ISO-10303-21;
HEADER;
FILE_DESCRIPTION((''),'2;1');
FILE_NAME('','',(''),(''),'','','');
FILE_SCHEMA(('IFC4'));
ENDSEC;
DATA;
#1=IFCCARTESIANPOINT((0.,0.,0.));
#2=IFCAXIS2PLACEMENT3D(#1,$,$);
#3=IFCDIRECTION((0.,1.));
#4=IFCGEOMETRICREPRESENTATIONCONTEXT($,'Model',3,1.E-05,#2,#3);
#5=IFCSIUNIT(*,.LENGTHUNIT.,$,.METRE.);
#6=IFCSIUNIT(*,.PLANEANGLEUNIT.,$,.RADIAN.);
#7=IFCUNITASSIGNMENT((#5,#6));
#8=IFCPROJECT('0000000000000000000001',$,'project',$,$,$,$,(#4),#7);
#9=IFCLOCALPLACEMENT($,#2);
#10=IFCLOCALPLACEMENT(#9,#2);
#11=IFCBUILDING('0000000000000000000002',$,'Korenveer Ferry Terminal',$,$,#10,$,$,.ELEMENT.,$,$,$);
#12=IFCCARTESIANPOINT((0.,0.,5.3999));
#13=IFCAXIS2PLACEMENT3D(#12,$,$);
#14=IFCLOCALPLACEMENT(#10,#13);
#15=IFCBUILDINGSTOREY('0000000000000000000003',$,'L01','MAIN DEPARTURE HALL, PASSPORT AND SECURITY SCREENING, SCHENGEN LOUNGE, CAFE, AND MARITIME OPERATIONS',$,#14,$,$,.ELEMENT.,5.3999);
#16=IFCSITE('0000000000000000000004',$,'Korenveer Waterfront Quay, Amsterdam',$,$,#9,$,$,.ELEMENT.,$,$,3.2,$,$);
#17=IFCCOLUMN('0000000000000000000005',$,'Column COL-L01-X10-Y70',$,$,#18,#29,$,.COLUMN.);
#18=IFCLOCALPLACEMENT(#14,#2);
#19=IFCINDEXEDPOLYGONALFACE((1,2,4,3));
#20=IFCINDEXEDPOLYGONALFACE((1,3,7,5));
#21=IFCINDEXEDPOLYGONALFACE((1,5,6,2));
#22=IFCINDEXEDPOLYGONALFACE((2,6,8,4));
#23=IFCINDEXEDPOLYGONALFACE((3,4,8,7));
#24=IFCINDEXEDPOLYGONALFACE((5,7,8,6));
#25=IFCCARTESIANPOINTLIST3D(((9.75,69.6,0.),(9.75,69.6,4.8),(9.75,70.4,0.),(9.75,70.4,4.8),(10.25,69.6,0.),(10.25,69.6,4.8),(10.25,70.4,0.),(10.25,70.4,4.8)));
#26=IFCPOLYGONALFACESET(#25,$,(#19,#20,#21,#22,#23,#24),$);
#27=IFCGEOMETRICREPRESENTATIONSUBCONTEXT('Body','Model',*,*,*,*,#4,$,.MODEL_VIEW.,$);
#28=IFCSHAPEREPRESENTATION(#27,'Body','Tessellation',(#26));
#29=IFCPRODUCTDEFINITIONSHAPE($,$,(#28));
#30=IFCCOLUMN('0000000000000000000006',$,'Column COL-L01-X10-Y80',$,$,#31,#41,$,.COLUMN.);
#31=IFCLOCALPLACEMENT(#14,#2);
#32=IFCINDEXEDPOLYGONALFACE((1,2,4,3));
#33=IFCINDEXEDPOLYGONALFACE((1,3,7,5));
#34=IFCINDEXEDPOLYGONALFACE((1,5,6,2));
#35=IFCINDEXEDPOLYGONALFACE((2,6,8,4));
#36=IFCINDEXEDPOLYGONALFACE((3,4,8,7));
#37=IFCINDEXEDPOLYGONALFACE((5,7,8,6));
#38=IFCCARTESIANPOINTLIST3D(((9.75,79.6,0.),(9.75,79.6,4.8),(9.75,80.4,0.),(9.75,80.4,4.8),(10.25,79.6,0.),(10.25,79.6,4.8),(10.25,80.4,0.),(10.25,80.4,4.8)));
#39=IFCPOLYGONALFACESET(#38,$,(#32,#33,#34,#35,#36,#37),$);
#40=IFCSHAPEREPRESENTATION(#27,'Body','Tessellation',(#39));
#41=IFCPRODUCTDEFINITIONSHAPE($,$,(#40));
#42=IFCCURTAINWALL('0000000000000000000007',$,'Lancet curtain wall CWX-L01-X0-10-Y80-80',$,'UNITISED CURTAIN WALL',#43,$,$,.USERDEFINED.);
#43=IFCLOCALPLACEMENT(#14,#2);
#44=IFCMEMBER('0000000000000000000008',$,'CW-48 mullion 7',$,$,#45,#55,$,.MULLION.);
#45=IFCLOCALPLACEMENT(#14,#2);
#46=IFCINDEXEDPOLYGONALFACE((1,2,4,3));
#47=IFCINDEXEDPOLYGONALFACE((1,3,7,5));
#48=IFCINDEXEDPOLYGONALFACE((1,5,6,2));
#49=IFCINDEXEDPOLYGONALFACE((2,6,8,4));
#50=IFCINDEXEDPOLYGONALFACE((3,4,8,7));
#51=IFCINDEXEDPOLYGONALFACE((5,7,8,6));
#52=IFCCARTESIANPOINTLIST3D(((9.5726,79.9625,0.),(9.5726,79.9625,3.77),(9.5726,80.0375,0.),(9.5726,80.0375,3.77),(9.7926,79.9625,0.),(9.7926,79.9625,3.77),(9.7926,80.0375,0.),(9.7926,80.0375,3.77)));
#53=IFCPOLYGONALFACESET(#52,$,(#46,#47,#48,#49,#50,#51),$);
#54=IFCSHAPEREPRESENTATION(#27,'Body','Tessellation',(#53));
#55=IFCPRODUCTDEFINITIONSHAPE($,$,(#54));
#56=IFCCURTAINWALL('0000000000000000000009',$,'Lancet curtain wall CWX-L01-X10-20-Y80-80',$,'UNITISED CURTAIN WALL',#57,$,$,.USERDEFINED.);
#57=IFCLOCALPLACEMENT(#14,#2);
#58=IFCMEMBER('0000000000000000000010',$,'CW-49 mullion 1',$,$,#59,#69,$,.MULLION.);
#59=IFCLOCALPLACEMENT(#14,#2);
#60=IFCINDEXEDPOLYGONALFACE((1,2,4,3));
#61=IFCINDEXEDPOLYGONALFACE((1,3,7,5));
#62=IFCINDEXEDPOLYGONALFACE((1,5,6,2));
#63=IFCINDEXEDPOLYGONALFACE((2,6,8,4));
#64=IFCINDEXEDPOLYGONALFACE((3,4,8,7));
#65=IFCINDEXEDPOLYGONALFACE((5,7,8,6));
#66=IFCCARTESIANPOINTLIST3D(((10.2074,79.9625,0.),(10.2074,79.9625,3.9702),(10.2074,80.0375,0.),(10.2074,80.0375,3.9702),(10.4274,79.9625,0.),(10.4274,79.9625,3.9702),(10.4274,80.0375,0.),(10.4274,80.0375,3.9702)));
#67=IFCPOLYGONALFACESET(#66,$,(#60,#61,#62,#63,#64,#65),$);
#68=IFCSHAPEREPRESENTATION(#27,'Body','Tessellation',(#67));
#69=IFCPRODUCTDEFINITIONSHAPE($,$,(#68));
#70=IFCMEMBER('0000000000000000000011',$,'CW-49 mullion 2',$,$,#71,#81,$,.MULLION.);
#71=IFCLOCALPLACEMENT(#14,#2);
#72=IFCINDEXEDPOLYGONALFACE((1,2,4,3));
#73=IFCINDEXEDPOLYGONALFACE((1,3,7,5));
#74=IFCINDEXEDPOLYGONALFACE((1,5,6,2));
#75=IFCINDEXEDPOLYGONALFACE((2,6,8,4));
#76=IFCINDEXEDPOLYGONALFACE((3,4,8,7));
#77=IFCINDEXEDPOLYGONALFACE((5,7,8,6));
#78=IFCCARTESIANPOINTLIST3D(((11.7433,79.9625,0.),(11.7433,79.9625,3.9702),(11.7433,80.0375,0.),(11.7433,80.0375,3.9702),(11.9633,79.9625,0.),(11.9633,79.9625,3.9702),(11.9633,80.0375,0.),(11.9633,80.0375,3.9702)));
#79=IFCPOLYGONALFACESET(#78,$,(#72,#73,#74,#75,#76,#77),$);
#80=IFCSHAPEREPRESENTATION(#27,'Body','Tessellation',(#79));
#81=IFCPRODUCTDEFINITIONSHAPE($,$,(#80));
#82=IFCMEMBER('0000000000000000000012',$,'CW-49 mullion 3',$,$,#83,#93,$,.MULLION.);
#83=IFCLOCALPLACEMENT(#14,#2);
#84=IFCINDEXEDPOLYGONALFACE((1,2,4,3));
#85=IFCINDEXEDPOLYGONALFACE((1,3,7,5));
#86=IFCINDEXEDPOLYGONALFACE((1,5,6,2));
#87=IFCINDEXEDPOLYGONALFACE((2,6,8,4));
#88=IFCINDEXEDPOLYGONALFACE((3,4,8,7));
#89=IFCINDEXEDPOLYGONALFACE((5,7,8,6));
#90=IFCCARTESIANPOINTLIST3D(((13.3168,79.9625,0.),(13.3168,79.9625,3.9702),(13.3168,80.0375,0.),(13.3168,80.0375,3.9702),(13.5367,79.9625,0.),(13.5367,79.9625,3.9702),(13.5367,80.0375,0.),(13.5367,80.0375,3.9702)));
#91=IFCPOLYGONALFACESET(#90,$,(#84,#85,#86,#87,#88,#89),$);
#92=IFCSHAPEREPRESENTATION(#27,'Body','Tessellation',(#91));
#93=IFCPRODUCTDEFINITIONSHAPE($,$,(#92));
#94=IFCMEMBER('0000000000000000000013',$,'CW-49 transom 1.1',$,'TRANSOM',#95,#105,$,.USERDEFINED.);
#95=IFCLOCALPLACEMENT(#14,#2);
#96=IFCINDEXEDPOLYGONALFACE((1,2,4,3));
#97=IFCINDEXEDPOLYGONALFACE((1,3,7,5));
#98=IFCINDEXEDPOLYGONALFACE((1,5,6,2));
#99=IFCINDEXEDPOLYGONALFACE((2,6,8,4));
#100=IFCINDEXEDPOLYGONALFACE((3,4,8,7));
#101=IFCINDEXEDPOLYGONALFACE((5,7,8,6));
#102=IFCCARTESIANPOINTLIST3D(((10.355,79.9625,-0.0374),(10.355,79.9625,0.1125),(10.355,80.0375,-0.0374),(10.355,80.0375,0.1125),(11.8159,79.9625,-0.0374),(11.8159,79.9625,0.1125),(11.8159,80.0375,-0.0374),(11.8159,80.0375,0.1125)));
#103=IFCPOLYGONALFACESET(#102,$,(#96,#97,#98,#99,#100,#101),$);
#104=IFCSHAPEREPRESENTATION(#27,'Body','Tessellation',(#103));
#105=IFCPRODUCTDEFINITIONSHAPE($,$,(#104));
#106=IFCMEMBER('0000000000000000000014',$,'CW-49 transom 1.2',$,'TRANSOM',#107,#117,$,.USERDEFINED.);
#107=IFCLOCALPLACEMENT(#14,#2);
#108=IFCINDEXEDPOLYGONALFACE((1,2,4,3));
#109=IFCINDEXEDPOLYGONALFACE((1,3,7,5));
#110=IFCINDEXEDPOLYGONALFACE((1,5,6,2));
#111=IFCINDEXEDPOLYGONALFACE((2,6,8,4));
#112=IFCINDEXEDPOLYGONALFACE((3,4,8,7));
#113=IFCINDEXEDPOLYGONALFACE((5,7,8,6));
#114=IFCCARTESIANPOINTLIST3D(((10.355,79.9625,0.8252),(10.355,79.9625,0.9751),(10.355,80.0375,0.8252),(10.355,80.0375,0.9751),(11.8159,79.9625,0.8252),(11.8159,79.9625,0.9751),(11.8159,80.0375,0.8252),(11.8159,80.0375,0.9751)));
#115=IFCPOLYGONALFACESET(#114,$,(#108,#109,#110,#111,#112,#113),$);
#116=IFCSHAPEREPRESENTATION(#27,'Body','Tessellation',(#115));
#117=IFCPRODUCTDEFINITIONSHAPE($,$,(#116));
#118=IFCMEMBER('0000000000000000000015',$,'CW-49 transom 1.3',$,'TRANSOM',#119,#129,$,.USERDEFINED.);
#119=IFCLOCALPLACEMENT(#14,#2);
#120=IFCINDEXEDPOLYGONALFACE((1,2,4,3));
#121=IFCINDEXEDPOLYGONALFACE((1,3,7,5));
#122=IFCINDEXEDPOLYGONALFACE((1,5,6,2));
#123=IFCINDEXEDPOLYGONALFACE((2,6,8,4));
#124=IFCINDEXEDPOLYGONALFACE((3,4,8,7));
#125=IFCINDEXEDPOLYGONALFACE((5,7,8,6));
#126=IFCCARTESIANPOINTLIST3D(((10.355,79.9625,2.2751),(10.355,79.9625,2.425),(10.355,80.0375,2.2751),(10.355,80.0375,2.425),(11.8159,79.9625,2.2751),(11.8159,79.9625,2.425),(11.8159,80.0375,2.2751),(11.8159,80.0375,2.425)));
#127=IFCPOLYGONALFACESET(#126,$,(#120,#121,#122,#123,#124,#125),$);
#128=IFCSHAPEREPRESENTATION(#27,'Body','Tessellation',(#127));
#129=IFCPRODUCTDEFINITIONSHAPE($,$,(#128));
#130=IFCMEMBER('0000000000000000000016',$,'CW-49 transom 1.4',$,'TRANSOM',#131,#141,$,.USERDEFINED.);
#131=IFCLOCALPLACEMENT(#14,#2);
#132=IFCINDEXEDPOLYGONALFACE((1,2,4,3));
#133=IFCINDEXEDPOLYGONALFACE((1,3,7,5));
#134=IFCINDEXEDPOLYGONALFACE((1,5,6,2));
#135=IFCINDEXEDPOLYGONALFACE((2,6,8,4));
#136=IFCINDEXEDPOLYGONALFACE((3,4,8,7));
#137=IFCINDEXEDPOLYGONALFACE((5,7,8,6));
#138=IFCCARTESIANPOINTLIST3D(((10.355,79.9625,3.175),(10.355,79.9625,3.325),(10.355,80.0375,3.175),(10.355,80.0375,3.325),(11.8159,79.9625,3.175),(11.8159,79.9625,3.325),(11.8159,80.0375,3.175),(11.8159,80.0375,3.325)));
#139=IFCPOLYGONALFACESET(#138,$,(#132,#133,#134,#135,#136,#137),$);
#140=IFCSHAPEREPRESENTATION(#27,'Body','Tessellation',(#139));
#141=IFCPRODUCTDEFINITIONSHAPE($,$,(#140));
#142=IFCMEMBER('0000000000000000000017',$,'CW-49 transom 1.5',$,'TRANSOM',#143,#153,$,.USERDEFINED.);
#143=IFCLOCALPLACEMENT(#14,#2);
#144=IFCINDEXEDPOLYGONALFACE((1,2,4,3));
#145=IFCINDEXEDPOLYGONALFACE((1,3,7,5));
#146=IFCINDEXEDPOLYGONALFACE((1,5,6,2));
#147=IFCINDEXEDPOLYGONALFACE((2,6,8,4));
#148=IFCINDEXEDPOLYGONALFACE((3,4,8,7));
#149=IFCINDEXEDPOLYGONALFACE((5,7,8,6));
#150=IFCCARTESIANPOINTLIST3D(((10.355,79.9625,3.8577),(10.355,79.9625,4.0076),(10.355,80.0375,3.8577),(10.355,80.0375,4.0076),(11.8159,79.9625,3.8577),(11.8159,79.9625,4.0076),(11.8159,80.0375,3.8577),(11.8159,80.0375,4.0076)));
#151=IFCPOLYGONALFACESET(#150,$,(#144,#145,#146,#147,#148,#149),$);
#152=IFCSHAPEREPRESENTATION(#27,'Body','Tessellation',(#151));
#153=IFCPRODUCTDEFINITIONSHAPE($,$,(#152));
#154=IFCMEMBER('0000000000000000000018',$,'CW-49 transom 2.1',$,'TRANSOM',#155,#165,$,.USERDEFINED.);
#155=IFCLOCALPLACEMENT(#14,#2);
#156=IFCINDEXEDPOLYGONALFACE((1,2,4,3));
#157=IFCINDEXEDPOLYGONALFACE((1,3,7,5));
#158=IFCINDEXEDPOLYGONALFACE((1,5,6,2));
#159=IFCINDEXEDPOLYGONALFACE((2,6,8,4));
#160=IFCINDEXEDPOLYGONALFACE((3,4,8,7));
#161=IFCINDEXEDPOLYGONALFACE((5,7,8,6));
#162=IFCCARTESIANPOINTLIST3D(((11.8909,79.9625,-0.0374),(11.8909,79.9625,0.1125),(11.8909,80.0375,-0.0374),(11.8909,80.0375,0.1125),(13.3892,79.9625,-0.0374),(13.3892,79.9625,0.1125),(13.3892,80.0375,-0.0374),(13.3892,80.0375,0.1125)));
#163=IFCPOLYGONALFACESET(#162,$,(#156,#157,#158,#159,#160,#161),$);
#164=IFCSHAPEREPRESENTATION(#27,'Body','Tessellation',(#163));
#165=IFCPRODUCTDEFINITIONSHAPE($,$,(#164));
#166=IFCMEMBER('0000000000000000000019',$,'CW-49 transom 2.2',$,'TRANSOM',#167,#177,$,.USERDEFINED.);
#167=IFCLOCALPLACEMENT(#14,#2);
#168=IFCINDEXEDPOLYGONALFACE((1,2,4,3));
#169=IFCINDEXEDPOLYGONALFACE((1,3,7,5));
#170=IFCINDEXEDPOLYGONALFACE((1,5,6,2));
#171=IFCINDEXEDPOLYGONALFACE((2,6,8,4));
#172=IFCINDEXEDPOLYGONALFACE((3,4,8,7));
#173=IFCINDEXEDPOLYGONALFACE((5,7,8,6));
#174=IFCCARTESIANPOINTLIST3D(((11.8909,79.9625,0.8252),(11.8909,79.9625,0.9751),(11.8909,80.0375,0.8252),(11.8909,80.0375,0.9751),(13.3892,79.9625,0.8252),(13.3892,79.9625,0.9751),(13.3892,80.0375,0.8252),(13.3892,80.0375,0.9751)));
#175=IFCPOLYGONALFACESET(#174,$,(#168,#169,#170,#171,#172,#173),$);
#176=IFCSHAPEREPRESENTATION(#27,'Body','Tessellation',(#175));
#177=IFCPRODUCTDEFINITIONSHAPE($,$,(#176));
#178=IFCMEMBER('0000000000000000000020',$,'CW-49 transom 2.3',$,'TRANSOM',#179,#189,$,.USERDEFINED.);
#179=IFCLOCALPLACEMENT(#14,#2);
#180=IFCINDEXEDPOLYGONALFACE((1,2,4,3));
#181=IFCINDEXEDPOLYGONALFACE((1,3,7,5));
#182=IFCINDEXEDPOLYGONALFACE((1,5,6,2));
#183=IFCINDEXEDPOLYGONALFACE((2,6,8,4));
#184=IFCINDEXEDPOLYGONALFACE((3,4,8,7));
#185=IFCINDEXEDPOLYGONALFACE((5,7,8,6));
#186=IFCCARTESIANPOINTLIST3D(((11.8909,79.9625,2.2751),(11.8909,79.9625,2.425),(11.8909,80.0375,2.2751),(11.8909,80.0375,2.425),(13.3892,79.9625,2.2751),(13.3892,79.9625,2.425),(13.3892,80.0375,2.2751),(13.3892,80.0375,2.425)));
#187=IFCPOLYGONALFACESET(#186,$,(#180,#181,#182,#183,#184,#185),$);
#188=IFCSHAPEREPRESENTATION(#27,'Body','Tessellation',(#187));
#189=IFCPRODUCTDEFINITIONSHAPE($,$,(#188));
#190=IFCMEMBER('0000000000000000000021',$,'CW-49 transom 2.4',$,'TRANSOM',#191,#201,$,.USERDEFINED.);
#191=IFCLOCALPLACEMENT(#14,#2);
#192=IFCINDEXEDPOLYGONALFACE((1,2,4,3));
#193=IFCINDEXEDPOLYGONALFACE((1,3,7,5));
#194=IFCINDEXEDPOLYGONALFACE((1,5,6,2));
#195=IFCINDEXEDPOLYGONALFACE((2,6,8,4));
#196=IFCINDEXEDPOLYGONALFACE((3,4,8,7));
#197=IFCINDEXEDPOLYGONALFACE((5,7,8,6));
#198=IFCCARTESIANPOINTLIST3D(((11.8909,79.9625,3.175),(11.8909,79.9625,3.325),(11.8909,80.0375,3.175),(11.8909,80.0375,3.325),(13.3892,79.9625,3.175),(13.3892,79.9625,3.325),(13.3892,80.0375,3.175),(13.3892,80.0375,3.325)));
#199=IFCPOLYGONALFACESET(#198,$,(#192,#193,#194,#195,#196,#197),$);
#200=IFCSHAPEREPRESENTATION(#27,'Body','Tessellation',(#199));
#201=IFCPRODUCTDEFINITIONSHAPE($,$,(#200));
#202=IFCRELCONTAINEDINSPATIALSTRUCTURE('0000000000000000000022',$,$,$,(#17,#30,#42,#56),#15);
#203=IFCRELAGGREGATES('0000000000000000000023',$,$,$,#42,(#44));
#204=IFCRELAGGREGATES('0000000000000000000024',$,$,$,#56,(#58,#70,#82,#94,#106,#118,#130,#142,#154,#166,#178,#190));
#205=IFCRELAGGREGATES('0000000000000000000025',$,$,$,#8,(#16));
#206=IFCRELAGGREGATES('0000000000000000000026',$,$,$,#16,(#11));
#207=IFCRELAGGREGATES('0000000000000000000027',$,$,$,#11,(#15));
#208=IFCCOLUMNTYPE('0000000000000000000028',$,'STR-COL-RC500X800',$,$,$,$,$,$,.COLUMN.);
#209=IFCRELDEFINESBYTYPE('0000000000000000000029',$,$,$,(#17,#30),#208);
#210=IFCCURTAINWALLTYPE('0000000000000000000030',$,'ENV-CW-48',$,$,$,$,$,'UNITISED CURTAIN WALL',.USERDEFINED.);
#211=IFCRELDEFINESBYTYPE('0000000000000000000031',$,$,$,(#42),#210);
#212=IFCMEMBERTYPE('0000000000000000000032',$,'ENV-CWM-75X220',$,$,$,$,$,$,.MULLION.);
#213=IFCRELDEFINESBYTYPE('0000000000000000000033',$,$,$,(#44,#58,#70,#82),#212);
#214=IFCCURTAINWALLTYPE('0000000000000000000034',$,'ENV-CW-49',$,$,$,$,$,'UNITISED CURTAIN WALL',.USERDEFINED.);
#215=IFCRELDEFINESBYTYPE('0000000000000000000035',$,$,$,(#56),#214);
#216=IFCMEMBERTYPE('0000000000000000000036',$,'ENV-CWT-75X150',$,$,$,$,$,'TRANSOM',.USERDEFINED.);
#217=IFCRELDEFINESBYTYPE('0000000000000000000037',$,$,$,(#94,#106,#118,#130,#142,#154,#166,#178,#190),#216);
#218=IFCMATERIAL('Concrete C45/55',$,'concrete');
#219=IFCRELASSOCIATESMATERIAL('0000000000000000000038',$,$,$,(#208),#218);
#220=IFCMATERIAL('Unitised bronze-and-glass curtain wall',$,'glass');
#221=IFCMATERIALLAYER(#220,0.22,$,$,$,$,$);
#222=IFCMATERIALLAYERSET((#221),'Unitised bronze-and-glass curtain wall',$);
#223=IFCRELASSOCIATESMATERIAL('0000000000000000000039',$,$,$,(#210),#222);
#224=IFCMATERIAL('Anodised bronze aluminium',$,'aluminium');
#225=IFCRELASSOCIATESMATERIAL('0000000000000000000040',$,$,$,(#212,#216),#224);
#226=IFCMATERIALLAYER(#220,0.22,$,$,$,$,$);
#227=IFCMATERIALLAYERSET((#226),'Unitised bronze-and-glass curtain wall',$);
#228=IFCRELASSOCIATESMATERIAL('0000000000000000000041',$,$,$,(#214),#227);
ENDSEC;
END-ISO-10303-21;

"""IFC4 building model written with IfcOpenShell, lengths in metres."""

from ifc_helpers import new_model, si_unit, direction, frame, origin, origin_2d, place, context, subcontext, project, spatial, rectangle, extrude, material, layer, layer_set, material_profile, profile_set, type_object, element, aggregate, save


model = new_model("IFC4")

# Units and contexts
model_context = context("Model", 3, precision=1e-05, world=origin(), true_north=direction((0.0, 1.0)))
body_context = subcontext(model_context, "Body", "Model", "MODEL_VIEW")
ifc_project = project(units=[si_unit("LENGTHUNIT", "METRE"), si_unit("PLANEANGLEUNIT", "RADIAN")], contexts=[model_context])

# Site, building, storey
site_placement = place(None, origin())
site = spatial("IfcSite", under=ifc_project, at=site_placement, Name="Korenveer Waterfront Quay, Amsterdam", CompositionType="ELEMENT", RefElevation=3.2)
building_placement = place(site_placement, origin())
building = spatial("IfcBuilding", under=site, at=building_placement, Name="Korenveer Ferry Terminal", CompositionType="ELEMENT")
storey_placement = place(building_placement, frame((0.0, 0.0, 5.3999)))
storey = spatial("IfcBuildingStorey", under=building, at=storey_placement, Name="L01", Description="MAIN DEPARTURE HALL, PASSPORT AND SECURITY SCREENING, SCHENGEN LOUNGE, CAFE, AND MARITIME OPERATIONS", CompositionType="ELEMENT", Elevation=5.3999)

# Columns
ifc_material_1 = material(Name="Concrete C45/55", Category="concrete")
ifc_material_profile_1 = material_profile(ifc_material_1, rectangle(XDim=0.5, YDim=0.8, at=origin_2d()), Name="RC 500x800")
ifc_profile_set_1 = profile_set([ifc_material_profile_1], Name="Concrete C45/55")
column_type = type_object("IfcColumnType", Name="STR-COL-RC500X800", PredefinedType="COLUMN", material=ifc_profile_set_1)
for number, where, z_axis, x_axis, name in (
    (1, (10.0, 70.0, 0.0), (0.0, 0.0, 1.0), (1.0, 0.0, 0.0), "Column COL-L01-X10-Y70"),
    (2, (10.0, 80.0, 0.0), (0.0, 0.0, 1.0), (1.0, 0.0, 0.0), "Column COL-L01-X10-Y80"),
):
    element("IfcColumn", number, at=place(storey_placement, frame(where, z_axis=z_axis, x_axis=x_axis)), inside=storey, type_object=column_type, Name=name, PredefinedType="COLUMN", context=body_context, shape_type="SweptSolid", body=[
        extrude(rectangle(XDim=0.5, YDim=0.8, at=origin_2d()), origin(), (0.0, 0.0, 1.0), 4.8),
    ])

# Curtain wall, member
ifc_material_2 = material(Name="Unitised bronze-and-glass curtain wall", Category="glass")
ifc_layer_1 = layer(ifc_material_2, 0.22)
ifc_layer_set_1 = layer_set([ifc_layer_1], Name="Unitised bronze-and-glass curtain wall")
curtain_wall_type_1 = type_object("IfcCurtainWallType", Name="ENV-CW-48", ElementType="UNITISED CURTAIN WALL", PredefinedType="USERDEFINED", material=ifc_layer_set_1)
curtain_wall_1_placement = place(storey_placement, frame((0.28, 80.0, 0.0)))
curtain_wall_1 = element("IfcCurtainWall", 3, at=curtain_wall_1_placement, inside=storey, type_object=curtain_wall_type_1, Name="Lancet curtain wall CWX-L01-X0-10-Y80-80", ObjectType="UNITISED CURTAIN WALL", PredefinedType="USERDEFINED")
ifc_material_3 = material(Name="Anodised bronze aluminium", Category="aluminium")
ifc_material_profile_2 = material_profile(ifc_material_3, rectangle(XDim=0.075, YDim=0.22, at=origin_2d()), Name="ALU 75x220")
ifc_profile_set_2 = profile_set([ifc_material_profile_2], Name="Anodised bronze aluminium")
member_type_1 = type_object("IfcMemberType", Name="ENV-CWM-75X220", PredefinedType="MULLION", material=ifc_profile_set_2)
member_1_placement = place(storey_placement, frame((9.6826, 80.0, 0.0), z_axis=(0.0, 0.0, 1.0), x_axis=(0.0, 1.0, 0.0)))
member_1 = element("IfcMember", 4, at=member_1_placement, type_object=member_type_1, Name="CW-48 mullion 7", PredefinedType="MULLION", context=body_context, shape_type="SweptSolid", body=[
    extrude(rectangle(XDim=0.075, YDim=0.22, at=origin_2d()), origin(), (0.0, 0.0, 1.0), 3.77),
])

# Curtain wall, members
ifc_layer_2 = layer(ifc_material_2, 0.22)
ifc_layer_set_2 = layer_set([ifc_layer_2], Name="Unitised bronze-and-glass curtain wall")
curtain_wall_type_2 = type_object("IfcCurtainWallType", Name="ENV-CW-49", ElementType="UNITISED CURTAIN WALL", PredefinedType="USERDEFINED", material=ifc_layer_set_2)
curtain_wall_2_placement = place(storey_placement, frame((10.28, 80.0, 0.0)))
curtain_wall_2 = element("IfcCurtainWall", 5, at=curtain_wall_2_placement, inside=storey, type_object=curtain_wall_type_2, Name="Lancet curtain wall CWX-L01-X10-20-Y80-80", ObjectType="UNITISED CURTAIN WALL", PredefinedType="USERDEFINED")
member_2_placement = place(storey_placement, frame((10.3174, 80.0, 0.0), z_axis=(0.0, 0.0, 1.0), x_axis=(0.0, 1.0, 0.0)))
member_2 = element("IfcMember", 6, at=member_2_placement, type_object=member_type_1, Name="CW-49 mullion 1", PredefinedType="MULLION", context=body_context, shape_type="SweptSolid", body=[
    extrude(rectangle(XDim=0.075, YDim=0.22, at=origin_2d()), origin(), (0.0, 0.0, 1.0), 3.9702),
])
member_3_placement = place(storey_placement, frame((11.8533, 80.0, 0.0), z_axis=(0.0, 0.0, 1.0), x_axis=(0.0, 1.0, 0.0)))
member_3 = element("IfcMember", 7, at=member_3_placement, type_object=member_type_1, Name="CW-49 mullion 2", PredefinedType="MULLION", context=body_context, shape_type="SweptSolid", body=[
    extrude(rectangle(XDim=0.075, YDim=0.22, at=origin_2d()), origin(), (0.0, 0.0, 1.0), 3.9702),
])
member_4_placement = place(storey_placement, frame((13.4268, 80.0, 0.0), z_axis=(0.0, 0.0, 1.0), x_axis=(0.0, 1.0, 0.0)))
member_4 = element("IfcMember", 8, at=member_4_placement, type_object=member_type_1, Name="CW-49 mullion 3", PredefinedType="MULLION", context=body_context, shape_type="SweptSolid", body=[
    extrude(rectangle(XDim=0.075, YDim=0.22, at=origin_2d()), origin(), (0.0, 0.0, 1.0), 3.9702),
])
ifc_material_profile_3 = material_profile(ifc_material_3, rectangle(XDim=0.075, YDim=0.1499, at=origin_2d()), Name="ALU 75x150")
ifc_profile_set_3 = profile_set([ifc_material_profile_3], Name="Anodised bronze aluminium")
member_type_2 = type_object("IfcMemberType", Name="ENV-CWT-75X150", ElementType="TRANSOM", PredefinedType="USERDEFINED", material=ifc_profile_set_3)
member_5_placement = place(storey_placement, frame((10.355, 80.0, 0.0376), z_axis=(1.0, 0.0, 0.0), x_axis=(0.0, 1.0, 0.0)))
member_5 = element("IfcMember", 9, at=member_5_placement, type_object=member_type_2, Name="CW-49 transom 1.1", ObjectType="TRANSOM", PredefinedType="USERDEFINED", context=body_context, shape_type="SweptSolid", body=[
    extrude(rectangle(XDim=0.075, YDim=0.1499, at=origin_2d()), origin(), (0.0, 0.0, 1.0), 1.4609),
])
member_6_placement = place(storey_placement, frame((10.355, 80.0, 0.9001), z_axis=(1.0, 0.0, 0.0), x_axis=(0.0, 1.0, 0.0)))
member_6 = element("IfcMember", 10, at=member_6_placement, type_object=member_type_2, Name="CW-49 transom 1.2", ObjectType="TRANSOM", PredefinedType="USERDEFINED", context=body_context, shape_type="SweptSolid", body=[
    extrude(rectangle(XDim=0.075, YDim=0.1499, at=origin_2d()), origin(), (0.0, 0.0, 1.0), 1.4609),
])
member_7_placement = place(storey_placement, frame((10.355, 80.0, 2.3501), z_axis=(1.0, 0.0, 0.0), x_axis=(0.0, 1.0, 0.0)))
member_7 = element("IfcMember", 11, at=member_7_placement, type_object=member_type_2, Name="CW-49 transom 1.3", ObjectType="TRANSOM", PredefinedType="USERDEFINED", context=body_context, shape_type="SweptSolid", body=[
    extrude(rectangle(XDim=0.075, YDim=0.1499, at=origin_2d()), origin(), (0.0, 0.0, 1.0), 1.4609),
])
member_8_placement = place(storey_placement, frame((10.355, 80.0, 3.25), z_axis=(1.0, 0.0, 0.0), x_axis=(0.0, 1.0, 0.0)))
member_8 = element("IfcMember", 12, at=member_8_placement, type_object=member_type_2, Name="CW-49 transom 1.4", ObjectType="TRANSOM", PredefinedType="USERDEFINED", context=body_context, shape_type="SweptSolid", body=[
    extrude(rectangle(XDim=0.075, YDim=0.1499, at=origin_2d()), origin(), (0.0, 0.0, 1.0), 1.4609),
])
member_9_placement = place(storey_placement, frame((10.355, 80.0, 3.9326), z_axis=(1.0, 0.0, 0.0), x_axis=(0.0, 1.0, 0.0)))
member_9 = element("IfcMember", 13, at=member_9_placement, type_object=member_type_2, Name="CW-49 transom 1.5", ObjectType="TRANSOM", PredefinedType="USERDEFINED", context=body_context, shape_type="SweptSolid", body=[
    extrude(rectangle(XDim=0.075, YDim=0.1499, at=origin_2d()), origin(), (0.0, 0.0, 1.0), 1.4609),
])
member_10_placement = place(storey_placement, frame((11.8909, 80.0, 0.0376), z_axis=(1.0, 0.0, 0.0), x_axis=(0.0, 1.0, 0.0)))
member_10 = element("IfcMember", 14, at=member_10_placement, type_object=member_type_2, Name="CW-49 transom 2.1", ObjectType="TRANSOM", PredefinedType="USERDEFINED", context=body_context, shape_type="SweptSolid", body=[
    extrude(rectangle(XDim=0.075, YDim=0.1499, at=origin_2d()), origin(), (0.0, 0.0, 1.0), 1.4983),
])
member_11_placement = place(storey_placement, frame((11.8909, 80.0, 0.9001), z_axis=(1.0, 0.0, 0.0), x_axis=(0.0, 1.0, 0.0)))
member_11 = element("IfcMember", 15, at=member_11_placement, type_object=member_type_2, Name="CW-49 transom 2.2", ObjectType="TRANSOM", PredefinedType="USERDEFINED", context=body_context, shape_type="SweptSolid", body=[
    extrude(rectangle(XDim=0.075, YDim=0.1499, at=origin_2d()), origin(), (0.0, 0.0, 1.0), 1.4983),
])
member_12_placement = place(storey_placement, frame((11.8909, 80.0, 2.3501), z_axis=(1.0, 0.0, 0.0), x_axis=(0.0, 1.0, 0.0)))
member_12 = element("IfcMember", 16, at=member_12_placement, type_object=member_type_2, Name="CW-49 transom 2.3", ObjectType="TRANSOM", PredefinedType="USERDEFINED", context=body_context, shape_type="SweptSolid", body=[
    extrude(rectangle(XDim=0.075, YDim=0.1499, at=origin_2d()), origin(), (0.0, 0.0, 1.0), 1.4983),
])
member_13_placement = place(storey_placement, frame((11.8909, 80.0, 3.25), z_axis=(1.0, 0.0, 0.0), x_axis=(0.0, 1.0, 0.0)))
member_13 = element("IfcMember", 17, at=member_13_placement, type_object=member_type_2, Name="CW-49 transom 2.4", ObjectType="TRANSOM", PredefinedType="USERDEFINED", context=body_context, shape_type="SweptSolid", body=[
    extrude(rectangle(XDim=0.075, YDim=0.1499, at=origin_2d()), origin(), (0.0, 0.0, 1.0), 1.4983),
])

aggregate(curtain_wall_1, [member_1])
aggregate(curtain_wall_2, [member_2, member_3, member_4, member_5, member_6, member_7, member_8, member_9, member_10, member_11, member_12, member_13])

save(model, "model.ifc")
